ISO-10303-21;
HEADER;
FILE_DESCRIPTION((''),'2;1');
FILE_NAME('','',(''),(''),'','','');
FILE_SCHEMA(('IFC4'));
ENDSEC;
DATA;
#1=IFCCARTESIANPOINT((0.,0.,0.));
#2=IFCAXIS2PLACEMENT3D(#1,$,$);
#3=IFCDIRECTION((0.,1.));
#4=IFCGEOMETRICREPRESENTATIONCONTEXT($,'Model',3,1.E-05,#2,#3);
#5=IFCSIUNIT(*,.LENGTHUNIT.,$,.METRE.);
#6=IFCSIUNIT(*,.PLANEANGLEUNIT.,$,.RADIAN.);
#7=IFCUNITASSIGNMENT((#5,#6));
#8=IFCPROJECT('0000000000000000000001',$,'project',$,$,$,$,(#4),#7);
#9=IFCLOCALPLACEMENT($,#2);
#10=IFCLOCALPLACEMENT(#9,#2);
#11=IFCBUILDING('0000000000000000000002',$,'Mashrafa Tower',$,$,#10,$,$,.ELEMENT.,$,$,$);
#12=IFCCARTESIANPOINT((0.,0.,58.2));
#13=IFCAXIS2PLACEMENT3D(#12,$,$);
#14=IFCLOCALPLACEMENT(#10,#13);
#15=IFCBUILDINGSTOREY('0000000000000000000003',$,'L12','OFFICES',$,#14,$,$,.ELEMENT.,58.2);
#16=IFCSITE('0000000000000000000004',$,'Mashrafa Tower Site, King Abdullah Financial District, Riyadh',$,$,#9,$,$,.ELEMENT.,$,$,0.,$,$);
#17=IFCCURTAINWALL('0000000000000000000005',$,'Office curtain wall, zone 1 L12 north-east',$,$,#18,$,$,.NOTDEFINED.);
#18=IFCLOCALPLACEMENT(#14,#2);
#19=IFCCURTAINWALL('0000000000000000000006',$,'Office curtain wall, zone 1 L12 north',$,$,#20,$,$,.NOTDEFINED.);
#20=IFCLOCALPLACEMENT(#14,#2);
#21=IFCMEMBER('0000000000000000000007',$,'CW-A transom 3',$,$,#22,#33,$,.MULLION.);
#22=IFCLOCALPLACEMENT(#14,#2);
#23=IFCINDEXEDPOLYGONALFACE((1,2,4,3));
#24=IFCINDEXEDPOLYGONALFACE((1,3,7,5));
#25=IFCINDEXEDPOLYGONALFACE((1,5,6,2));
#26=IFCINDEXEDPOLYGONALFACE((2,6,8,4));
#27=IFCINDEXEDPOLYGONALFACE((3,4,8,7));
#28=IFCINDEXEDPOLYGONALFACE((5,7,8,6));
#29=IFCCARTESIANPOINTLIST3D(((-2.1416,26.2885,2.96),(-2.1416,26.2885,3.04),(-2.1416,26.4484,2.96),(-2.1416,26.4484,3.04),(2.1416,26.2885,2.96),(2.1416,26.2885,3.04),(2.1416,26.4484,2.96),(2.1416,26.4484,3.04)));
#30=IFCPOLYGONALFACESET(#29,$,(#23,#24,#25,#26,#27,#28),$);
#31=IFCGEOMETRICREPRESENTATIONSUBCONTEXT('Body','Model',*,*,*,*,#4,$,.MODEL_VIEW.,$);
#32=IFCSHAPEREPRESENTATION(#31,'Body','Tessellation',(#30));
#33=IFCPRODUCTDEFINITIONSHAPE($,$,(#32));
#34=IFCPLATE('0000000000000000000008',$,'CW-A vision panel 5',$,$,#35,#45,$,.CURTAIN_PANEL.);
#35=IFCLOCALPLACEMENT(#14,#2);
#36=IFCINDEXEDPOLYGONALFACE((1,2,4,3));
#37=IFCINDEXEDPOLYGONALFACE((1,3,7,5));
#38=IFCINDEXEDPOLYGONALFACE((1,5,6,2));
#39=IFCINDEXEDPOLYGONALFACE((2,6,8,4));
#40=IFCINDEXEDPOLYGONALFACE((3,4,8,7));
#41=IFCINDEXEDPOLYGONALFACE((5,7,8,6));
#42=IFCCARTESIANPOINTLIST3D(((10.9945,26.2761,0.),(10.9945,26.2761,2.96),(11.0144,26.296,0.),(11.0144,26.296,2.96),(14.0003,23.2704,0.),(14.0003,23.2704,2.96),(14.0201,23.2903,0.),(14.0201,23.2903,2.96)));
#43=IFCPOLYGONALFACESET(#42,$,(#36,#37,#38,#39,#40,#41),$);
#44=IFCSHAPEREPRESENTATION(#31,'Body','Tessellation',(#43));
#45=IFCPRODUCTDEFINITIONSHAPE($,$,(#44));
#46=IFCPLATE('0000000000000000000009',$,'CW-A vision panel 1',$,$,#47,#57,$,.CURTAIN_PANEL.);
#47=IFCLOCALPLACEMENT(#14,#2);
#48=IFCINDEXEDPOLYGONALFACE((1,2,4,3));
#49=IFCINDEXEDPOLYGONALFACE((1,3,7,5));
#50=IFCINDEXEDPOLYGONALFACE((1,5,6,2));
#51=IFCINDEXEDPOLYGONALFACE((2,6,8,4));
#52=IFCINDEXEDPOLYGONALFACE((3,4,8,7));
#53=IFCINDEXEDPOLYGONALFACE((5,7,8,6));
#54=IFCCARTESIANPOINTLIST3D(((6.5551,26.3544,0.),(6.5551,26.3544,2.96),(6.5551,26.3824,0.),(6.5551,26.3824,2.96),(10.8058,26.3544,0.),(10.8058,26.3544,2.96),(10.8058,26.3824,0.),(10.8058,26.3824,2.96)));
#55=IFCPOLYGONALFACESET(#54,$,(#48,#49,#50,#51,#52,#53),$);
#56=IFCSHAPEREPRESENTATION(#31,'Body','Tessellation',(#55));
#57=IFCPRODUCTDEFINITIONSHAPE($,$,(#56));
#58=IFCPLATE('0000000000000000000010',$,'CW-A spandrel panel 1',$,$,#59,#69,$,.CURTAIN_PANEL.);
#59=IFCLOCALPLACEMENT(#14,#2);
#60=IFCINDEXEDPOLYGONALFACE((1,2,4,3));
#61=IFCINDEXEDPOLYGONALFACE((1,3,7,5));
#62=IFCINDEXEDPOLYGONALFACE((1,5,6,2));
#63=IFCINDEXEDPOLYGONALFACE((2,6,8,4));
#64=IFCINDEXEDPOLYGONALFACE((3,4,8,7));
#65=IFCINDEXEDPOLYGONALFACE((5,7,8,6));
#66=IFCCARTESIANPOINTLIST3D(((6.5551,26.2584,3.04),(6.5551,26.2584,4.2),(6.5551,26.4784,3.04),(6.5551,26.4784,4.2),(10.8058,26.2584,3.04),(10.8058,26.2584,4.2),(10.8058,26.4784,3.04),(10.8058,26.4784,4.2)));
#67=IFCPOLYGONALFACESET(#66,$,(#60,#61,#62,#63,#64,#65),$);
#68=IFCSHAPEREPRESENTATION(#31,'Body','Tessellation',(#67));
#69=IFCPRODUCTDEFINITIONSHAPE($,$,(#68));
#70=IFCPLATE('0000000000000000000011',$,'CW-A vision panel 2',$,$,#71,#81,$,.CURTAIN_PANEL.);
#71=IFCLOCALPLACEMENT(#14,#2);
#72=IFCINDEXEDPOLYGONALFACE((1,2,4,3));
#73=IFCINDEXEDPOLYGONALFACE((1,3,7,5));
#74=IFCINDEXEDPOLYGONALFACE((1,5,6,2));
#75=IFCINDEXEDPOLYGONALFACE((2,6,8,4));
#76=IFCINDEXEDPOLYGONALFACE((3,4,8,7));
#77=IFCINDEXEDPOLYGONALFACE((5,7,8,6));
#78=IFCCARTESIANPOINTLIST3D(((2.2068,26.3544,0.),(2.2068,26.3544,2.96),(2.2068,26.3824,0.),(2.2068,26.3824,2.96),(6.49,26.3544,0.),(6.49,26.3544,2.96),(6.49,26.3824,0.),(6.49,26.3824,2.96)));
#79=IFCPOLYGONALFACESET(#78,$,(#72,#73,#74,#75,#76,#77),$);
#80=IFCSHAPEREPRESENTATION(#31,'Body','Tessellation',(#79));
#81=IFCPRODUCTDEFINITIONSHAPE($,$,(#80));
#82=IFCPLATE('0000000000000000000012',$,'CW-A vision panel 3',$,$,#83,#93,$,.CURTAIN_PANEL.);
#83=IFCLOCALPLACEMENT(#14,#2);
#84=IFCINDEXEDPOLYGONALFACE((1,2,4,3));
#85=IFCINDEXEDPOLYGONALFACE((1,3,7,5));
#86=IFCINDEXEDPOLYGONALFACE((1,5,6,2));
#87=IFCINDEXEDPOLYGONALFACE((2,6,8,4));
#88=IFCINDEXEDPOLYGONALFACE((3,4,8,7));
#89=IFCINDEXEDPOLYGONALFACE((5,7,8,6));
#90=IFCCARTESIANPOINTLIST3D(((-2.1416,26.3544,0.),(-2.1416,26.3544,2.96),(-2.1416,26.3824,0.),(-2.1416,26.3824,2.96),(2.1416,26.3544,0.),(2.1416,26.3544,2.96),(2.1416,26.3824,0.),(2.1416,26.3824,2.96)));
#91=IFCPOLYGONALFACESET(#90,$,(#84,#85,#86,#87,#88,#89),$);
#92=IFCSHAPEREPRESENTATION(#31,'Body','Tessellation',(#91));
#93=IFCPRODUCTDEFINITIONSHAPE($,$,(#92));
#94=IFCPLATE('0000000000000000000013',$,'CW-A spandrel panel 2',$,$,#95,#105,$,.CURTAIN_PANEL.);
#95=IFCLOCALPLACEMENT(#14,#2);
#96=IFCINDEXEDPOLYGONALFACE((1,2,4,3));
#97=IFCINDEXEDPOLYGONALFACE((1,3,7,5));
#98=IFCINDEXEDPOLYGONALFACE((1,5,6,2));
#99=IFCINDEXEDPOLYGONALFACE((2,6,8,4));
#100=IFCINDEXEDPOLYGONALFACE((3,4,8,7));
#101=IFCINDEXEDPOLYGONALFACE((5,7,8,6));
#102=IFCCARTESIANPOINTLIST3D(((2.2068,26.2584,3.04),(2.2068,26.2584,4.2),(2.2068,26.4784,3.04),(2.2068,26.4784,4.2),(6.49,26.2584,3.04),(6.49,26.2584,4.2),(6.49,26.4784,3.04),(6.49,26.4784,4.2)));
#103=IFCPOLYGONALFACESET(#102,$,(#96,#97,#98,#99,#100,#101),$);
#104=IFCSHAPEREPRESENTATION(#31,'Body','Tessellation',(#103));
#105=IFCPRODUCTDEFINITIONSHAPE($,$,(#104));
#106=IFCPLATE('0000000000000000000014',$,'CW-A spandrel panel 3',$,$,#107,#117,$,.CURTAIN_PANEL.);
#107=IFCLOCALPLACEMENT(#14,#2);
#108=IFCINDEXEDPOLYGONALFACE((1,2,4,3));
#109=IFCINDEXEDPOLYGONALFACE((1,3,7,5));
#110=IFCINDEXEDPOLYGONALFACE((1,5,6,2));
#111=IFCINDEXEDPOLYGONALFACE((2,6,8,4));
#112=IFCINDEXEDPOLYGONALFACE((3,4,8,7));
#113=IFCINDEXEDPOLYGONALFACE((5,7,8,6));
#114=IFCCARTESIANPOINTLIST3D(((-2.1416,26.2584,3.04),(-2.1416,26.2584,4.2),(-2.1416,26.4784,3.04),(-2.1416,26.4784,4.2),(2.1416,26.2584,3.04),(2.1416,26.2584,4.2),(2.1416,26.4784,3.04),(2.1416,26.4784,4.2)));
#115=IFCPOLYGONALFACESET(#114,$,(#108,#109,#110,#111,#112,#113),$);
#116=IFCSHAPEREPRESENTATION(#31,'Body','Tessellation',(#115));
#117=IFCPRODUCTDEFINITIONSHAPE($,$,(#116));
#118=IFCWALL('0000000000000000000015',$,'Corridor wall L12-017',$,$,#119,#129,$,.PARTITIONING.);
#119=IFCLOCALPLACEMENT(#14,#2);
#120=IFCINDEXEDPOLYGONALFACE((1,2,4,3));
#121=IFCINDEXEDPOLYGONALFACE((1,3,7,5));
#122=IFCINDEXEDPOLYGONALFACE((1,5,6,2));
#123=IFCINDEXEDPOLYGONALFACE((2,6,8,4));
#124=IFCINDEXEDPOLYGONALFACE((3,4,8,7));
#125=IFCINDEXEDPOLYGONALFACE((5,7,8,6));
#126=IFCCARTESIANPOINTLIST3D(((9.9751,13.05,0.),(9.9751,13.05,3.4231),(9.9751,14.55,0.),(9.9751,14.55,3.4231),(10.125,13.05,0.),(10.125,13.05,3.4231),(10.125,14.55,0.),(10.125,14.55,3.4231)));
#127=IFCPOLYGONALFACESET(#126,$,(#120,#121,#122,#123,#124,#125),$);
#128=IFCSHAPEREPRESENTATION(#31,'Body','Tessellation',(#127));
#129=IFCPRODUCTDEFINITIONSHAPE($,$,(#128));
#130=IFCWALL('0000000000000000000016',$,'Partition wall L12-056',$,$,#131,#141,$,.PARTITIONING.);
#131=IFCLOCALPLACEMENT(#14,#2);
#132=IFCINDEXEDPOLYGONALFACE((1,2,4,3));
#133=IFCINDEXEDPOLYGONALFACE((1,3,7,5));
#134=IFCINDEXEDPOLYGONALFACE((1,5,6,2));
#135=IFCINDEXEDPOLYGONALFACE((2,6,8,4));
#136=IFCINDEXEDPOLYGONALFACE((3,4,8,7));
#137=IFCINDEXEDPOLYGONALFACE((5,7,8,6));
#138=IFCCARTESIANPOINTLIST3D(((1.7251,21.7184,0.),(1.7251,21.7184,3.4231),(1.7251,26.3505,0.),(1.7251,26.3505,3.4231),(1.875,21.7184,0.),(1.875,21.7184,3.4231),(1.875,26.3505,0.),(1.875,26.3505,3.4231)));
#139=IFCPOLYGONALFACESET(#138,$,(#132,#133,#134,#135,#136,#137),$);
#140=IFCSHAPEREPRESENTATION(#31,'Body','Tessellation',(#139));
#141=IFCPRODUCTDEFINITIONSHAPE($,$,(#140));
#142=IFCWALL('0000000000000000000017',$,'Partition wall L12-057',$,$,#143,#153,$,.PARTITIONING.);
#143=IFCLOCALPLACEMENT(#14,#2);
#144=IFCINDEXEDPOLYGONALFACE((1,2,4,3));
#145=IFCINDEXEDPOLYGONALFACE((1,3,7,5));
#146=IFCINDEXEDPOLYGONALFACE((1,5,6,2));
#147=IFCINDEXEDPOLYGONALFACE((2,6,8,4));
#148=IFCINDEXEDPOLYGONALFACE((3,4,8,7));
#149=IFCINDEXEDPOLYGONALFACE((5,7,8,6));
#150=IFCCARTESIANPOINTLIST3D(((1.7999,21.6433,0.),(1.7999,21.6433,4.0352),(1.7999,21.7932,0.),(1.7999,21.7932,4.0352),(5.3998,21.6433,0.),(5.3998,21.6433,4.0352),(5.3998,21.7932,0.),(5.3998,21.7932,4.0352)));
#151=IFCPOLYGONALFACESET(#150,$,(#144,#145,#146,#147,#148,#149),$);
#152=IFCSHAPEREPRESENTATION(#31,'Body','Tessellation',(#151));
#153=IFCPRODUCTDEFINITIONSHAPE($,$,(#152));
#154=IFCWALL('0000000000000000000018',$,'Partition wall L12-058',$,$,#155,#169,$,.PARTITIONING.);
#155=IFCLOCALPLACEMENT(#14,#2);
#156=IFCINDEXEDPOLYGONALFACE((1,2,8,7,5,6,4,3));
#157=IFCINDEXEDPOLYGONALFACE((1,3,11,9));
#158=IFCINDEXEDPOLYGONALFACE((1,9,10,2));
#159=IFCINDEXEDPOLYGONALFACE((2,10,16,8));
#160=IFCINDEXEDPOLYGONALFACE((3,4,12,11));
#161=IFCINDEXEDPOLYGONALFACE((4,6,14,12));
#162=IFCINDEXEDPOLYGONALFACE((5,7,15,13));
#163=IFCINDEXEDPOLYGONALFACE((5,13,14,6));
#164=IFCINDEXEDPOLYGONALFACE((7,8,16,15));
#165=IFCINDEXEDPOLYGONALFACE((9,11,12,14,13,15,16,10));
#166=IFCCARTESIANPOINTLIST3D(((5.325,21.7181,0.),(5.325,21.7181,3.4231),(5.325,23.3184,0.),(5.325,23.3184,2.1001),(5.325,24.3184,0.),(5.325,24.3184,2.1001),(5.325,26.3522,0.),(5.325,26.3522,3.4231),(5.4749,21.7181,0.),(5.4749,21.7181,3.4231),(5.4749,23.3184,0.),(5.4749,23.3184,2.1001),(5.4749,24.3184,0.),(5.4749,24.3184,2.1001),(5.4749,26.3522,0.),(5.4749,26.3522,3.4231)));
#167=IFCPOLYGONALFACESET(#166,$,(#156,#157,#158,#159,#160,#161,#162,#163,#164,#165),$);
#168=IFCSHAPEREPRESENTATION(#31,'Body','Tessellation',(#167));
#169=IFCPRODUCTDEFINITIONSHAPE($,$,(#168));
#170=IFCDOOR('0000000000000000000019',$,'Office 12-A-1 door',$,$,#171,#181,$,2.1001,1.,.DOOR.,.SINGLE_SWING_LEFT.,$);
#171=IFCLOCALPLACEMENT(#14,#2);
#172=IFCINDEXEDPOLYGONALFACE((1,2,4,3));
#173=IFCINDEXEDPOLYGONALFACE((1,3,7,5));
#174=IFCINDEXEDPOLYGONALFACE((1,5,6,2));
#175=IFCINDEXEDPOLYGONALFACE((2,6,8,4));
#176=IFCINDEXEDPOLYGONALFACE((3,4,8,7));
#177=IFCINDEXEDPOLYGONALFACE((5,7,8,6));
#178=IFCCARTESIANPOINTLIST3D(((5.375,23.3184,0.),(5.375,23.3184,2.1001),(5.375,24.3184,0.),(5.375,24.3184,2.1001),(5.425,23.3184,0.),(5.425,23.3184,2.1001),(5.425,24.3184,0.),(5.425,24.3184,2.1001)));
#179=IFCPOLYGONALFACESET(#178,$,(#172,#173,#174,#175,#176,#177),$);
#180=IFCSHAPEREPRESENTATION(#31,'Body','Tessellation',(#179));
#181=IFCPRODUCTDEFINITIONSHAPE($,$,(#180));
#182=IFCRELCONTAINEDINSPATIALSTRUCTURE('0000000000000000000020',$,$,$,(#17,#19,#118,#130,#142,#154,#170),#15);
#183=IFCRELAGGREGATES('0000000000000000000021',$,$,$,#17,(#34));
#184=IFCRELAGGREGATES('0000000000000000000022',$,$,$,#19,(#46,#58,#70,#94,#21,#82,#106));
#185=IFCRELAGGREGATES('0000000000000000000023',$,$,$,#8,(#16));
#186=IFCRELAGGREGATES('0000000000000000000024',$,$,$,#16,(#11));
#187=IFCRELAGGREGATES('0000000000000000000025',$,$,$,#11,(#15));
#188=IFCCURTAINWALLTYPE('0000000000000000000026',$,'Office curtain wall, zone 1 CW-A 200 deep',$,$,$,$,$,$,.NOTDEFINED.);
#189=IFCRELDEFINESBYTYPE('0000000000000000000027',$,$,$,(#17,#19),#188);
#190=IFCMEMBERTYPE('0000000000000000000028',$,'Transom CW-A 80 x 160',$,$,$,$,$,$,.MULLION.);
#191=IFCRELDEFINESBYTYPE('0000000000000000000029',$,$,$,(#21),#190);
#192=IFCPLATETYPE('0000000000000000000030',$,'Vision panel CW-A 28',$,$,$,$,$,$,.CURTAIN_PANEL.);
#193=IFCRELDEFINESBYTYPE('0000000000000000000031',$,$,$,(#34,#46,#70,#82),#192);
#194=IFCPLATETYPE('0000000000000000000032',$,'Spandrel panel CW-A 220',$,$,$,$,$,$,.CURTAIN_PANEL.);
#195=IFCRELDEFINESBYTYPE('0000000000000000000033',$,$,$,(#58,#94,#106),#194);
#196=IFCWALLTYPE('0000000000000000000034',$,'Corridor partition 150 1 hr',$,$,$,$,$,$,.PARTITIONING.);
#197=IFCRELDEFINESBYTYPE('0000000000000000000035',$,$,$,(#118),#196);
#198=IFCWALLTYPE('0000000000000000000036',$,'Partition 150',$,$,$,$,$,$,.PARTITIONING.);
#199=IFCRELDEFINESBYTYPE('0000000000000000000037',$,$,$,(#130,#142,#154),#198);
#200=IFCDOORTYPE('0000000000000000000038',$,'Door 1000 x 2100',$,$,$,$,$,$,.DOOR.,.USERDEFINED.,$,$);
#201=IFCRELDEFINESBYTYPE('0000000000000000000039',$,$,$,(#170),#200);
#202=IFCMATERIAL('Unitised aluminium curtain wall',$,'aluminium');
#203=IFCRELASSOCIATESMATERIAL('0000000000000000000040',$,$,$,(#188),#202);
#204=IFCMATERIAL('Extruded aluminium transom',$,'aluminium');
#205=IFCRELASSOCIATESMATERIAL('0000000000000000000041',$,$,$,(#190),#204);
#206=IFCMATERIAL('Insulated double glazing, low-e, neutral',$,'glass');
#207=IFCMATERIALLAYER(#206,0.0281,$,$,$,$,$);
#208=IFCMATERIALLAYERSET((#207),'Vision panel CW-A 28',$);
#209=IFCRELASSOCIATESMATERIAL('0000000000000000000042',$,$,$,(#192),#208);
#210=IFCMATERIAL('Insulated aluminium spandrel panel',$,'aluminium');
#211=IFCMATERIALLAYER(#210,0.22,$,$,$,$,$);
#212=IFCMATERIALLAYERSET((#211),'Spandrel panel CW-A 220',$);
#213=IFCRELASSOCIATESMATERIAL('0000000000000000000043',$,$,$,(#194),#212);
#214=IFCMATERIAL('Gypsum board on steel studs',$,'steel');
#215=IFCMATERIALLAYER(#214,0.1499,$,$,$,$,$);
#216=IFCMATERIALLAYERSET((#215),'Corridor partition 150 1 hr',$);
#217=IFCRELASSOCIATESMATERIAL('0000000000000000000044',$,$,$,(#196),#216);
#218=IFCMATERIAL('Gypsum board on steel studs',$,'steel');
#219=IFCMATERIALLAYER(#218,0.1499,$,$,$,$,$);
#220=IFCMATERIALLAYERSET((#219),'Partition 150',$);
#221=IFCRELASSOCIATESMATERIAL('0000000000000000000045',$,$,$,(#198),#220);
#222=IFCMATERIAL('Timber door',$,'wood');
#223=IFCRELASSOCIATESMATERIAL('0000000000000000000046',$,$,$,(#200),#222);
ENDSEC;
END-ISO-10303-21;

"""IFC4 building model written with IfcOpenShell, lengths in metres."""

from ifc_helpers import new_model, si_unit, direction, frame, frame_2d, origin, origin_2d, place, context, subcontext, project, spatial, rectangle, extrude, source, transform, mapped, material, layer, layer_set, material_profile, profile_set, type_object, type_shapes, element, fill, aggregate, save


model = new_model("IFC4")

# Units and contexts
model_context = context("Model", 3, precision=1e-05, world=origin(), true_north=direction((0.0, 1.0)))
body_context = subcontext(model_context, "Body", "Model", "MODEL_VIEW")
ifc_project = project(units=[si_unit("LENGTHUNIT", "METRE"), si_unit("PLANEANGLEUNIT", "RADIAN")], contexts=[model_context])

# Site, building, storey
site_placement = place(None, origin())
site = spatial("IfcSite", under=ifc_project, at=site_placement, Name="Mashrafa Tower Site, King Abdullah Financial District, Riyadh", CompositionType="ELEMENT", RefElevation=0.0)
building_placement = place(site_placement, origin())
building = spatial("IfcBuilding", under=site, at=building_placement, Name="Mashrafa Tower", CompositionType="ELEMENT")
storey_placement = place(building_placement, frame((0.0, 0.0, 58.2)))
storey = spatial("IfcBuildingStorey", under=building, at=storey_placement, Name="L12", Description="OFFICES", CompositionType="ELEMENT", Elevation=58.2)

# Curtain wall
ifc_material_1 = material(Name="Unitised aluminium curtain wall", Category="aluminium")
curtain_wall_type = type_object("IfcCurtainWallType", Name="Office curtain wall, zone 1 CW-A 200 deep", PredefinedType="NOTDEFINED", material=ifc_material_1)
curtain_wall_1_placement = place(storey_placement, origin())
curtain_wall_1 = element("IfcCurtainWall", 1, at=curtain_wall_1_placement, inside=storey, type_object=curtain_wall_type, Name="Office curtain wall, zone 1 L12 north-east", PredefinedType="NOTDEFINED")

# Curtain wall, member
curtain_wall_2_placement = place(storey_placement, origin())
curtain_wall_2 = element("IfcCurtainWall", 2, at=curtain_wall_2_placement, inside=storey, type_object=curtain_wall_type, Name="Office curtain wall, zone 1 L12 north", PredefinedType="NOTDEFINED")
ifc_material_2 = material(Name="Extruded aluminium transom", Category="aluminium")
ifc_material_profile_1 = material_profile(ifc_material_2, rectangle(XDim=0.1599, YDim=0.0801, at=origin_2d()), Name="Transom 80x160")
ifc_profile_set_1 = profile_set([ifc_material_profile_1], Name="Extruded aluminium transom")
member_type_1 = type_object("IfcMemberType", Name="Transom CW-A 80 x 160", PredefinedType="MULLION", material=ifc_profile_set_1)
shared_shape_1 = source(origin(), body_context, "Body", "SweptSolid", [
    extrude(rectangle(XDim=0.1599, YDim=0.0801, at=origin_2d()), origin(), (0.0, 0.0, 1.0), 4.2832),
])
member_1_placement = place(storey_placement, frame((2.1416, 26.3684, 3.0), z_axis=(-1.0, 0.0, 0.0), x_axis=(0.0, -1.0, 0.0)))
member_1 = element("IfcMember", 3, at=member_1_placement, type_object=member_type_1, Name="CW-A transom 3", PredefinedType="MULLION", context=body_context, shape_type="MappedRepresentation", body=[
    mapped(shared_shape_1, transform((0.0, 0.0, 0.0))),
])

# Plates
ifc_material_3 = material(Name="Insulated double glazing, low-e, neutral", Category="glass")
ifc_layer_1 = layer(ifc_material_3, 0.0281)
ifc_layer_set_1 = layer_set([ifc_layer_1], Name="Vision panel CW-A 28")
plate_type_1 = type_object("IfcPlateType", Name="Vision panel CW-A 28", PredefinedType="CURTAIN_PANEL", material=ifc_layer_set_1)
shared_shape_2 = source(origin(), body_context, "Body", "SweptSolid", [
    extrude(rectangle(XDim=4.2507, YDim=0.0281, at=origin_2d()), origin(), (0.0, 0.0, 1.0), 2.96),
])
plate_1_placement = place(storey_placement, frame((12.5073, 24.7832, 0.0), z_axis=(0.0, 0.0, 1.0), x_axis=(-0.707107, 0.707107, 0.0)))
plate_1 = element("IfcPlate", 4, at=plate_1_placement, type_object=plate_type_1, Name="CW-A vision panel 5", PredefinedType="CURTAIN_PANEL", context=body_context, shape_type="MappedRepresentation", body=[
    mapped(shared_shape_2, transform((0.0, 0.0, 0.0))),
])
aggregate(curtain_wall_1, [plate_1])
plate_2_placement = place(storey_placement, frame((8.6804, 26.3684, 0.0), z_axis=(0.0, 0.0, 1.0), x_axis=(-1.0, 0.0, 0.0)))
plate_2 = element("IfcPlate", 5, at=plate_2_placement, type_object=plate_type_1, Name="CW-A vision panel 1", PredefinedType="CURTAIN_PANEL", context=body_context, shape_type="MappedRepresentation", body=[
    mapped(shared_shape_2, transform((0.0, 0.0, 0.0))),
])
ifc_material_4 = material(Name="Insulated aluminium spandrel panel", Category="aluminium")
ifc_layer_2 = layer(ifc_material_4, 0.22)
ifc_layer_set_2 = layer_set([ifc_layer_2], Name="Spandrel panel CW-A 220")
plate_type_2 = type_object("IfcPlateType", Name="Spandrel panel CW-A 220", PredefinedType="CURTAIN_PANEL", material=ifc_layer_set_2)
shared_shape_3 = source(origin(), body_context, "Body", "SweptSolid", [
    extrude(rectangle(XDim=4.2507, YDim=0.22, at=origin_2d()), origin(), (0.0, 0.0, 1.0), 1.1599),
])
plate_3_placement = place(storey_placement, frame((8.6804, 26.3684, 3.04), z_axis=(0.0, 0.0, 1.0), x_axis=(-1.0, 0.0, 0.0)))
plate_3 = element("IfcPlate", 6, at=plate_3_placement, type_object=plate_type_2, Name="CW-A spandrel panel 1", PredefinedType="CURTAIN_PANEL", context=body_context, shape_type="MappedRepresentation", body=[
    mapped(shared_shape_3, transform((0.0, 0.0, 0.0))),
])
shared_shape_4 = source(origin(), body_context, "Body", "SweptSolid", [
    extrude(rectangle(XDim=4.2832, YDim=0.0281, at=origin_2d()), origin(), (0.0, 0.0, 1.0), 2.96),
])
type_shapes(plate_type_1, [shared_shape_2, shared_shape_4])
plate_4_placement = place(storey_placement, frame((4.3484, 26.3684, 0.0), z_axis=(0.0, 0.0, 1.0), x_axis=(-1.0, 0.0, 0.0)))
plate_4 = element("IfcPlate", 7, at=plate_4_placement, type_object=plate_type_1, Name="CW-A vision panel 2", PredefinedType="CURTAIN_PANEL", context=body_context, shape_type="MappedRepresentation", body=[
    mapped(shared_shape_4, transform((0.0, 0.0, 0.0))),
])
plate_5_placement = place(storey_placement, frame((0.0, 26.3684, 0.0), z_axis=(0.0, 0.0, 1.0), x_axis=(-1.0, 0.0, 0.0)))
plate_5 = element("IfcPlate", 8, at=plate_5_placement, type_object=plate_type_1, Name="CW-A vision panel 3", PredefinedType="CURTAIN_PANEL", context=body_context, shape_type="MappedRepresentation", body=[
    mapped(shared_shape_4, transform((0.0, 0.0, 0.0))),
])
shared_shape_5 = source(origin(), body_context, "Body", "SweptSolid", [
    extrude(rectangle(XDim=4.2832, YDim=0.22, at=origin_2d()), origin(), (0.0, 0.0, 1.0), 1.1599),
])
type_shapes(plate_type_2, [shared_shape_3, shared_shape_5])
plate_6_placement = place(storey_placement, frame((4.3484, 26.3684, 3.04), z_axis=(0.0, 0.0, 1.0), x_axis=(-1.0, 0.0, 0.0)))
plate_6 = element("IfcPlate", 9, at=plate_6_placement, type_object=plate_type_2, Name="CW-A spandrel panel 2", PredefinedType="CURTAIN_PANEL", context=body_context, shape_type="MappedRepresentation", body=[
    mapped(shared_shape_5, transform((0.0, 0.0, 0.0))),
])
plate_7_placement = place(storey_placement, frame((0.0, 26.3684, 3.04), z_axis=(0.0, 0.0, 1.0), x_axis=(-1.0, 0.0, 0.0)))
plate_7 = element("IfcPlate", 10, at=plate_7_placement, type_object=plate_type_2, Name="CW-A spandrel panel 3", PredefinedType="CURTAIN_PANEL", context=body_context, shape_type="MappedRepresentation", body=[
    mapped(shared_shape_5, transform((0.0, 0.0, 0.0))),
])
aggregate(curtain_wall_2, [plate_2, plate_3, plate_4, plate_6, member_1, plate_5, plate_7])

# Walls
ifc_material_5 = material(Name="Gypsum board on steel studs", Category="steel")
ifc_layer_3 = layer(ifc_material_5, 0.1499)
ifc_layer_set_3 = layer_set([ifc_layer_3], Name="Corridor partition 150 1 hr")
wall_type_1 = type_object("IfcWallType", Name="Corridor partition 150 1 hr", PredefinedType="PARTITIONING", material=ifc_layer_set_3)
wall_1_placement = place(storey_placement, frame((10.05, 14.55, 0.0), z_axis=(0.0, 0.0, 1.0), x_axis=(0.0, -1.0, 0.0)))
element("IfcWall", 11, at=wall_1_placement, inside=storey, type_object=wall_type_1, Name="Corridor wall L12-017", PredefinedType="PARTITIONING", context=body_context, shape_type="SweptSolid", body=[
    extrude(rectangle(XDim=1.5, YDim=0.1499, at=frame_2d((0.75, 0.0))), origin(), (0.0, 0.0, 1.0), 3.4231),
])
ifc_material_6 = material(Name="Gypsum board on steel studs", Category="steel")
ifc_layer_4 = layer(ifc_material_6, 0.1499)
ifc_layer_set_4 = layer_set([ifc_layer_4], Name="Partition 150")
wall_type_2 = type_object("IfcWallType", Name="Partition 150", PredefinedType="PARTITIONING", material=ifc_layer_set_4)
wall_2_placement = place(storey_placement, frame((1.8, 26.3503, 0.0), z_axis=(0.0, 0.0, 1.0), x_axis=(0.0, -1.0, 0.0)))
element("IfcWall", 12, at=wall_2_placement, inside=storey, type_object=wall_type_2, Name="Partition wall L12-056", PredefinedType="PARTITIONING", context=body_context, shape_type="SweptSolid", body=[
    extrude(rectangle(XDim=4.6321, YDim=0.1499, at=frame_2d((2.3159, 0.0))), origin(), (0.0, 0.0, 1.0), 3.4231),
])
wall_3_placement = place(storey_placement, frame((1.8, 21.7183, 0.0), z_axis=(0.0, 0.0, 1.0), x_axis=(1.0, 0.0, 0.0)))
element("IfcWall", 13, at=wall_3_placement, inside=storey, type_object=wall_type_2, Name="Partition wall L12-057", PredefinedType="PARTITIONING", context=body_context, shape_type="SweptSolid", body=[
    extrude(rectangle(XDim=3.5999, YDim=0.1499, at=frame_2d((1.7998, 0.0))), origin(), (0.0, 0.0, 1.0), 4.0352),
])

# Wall, opening, door
wall_4_placement = place(storey_placement, frame((5.3999, 21.7183, 0.0), z_axis=(0.0, 0.0, 1.0), x_axis=(0.0, 1.0, 0.0)))
wall_4 = element("IfcWall", 14, at=wall_4_placement, inside=storey, type_object=wall_type_2, Name="Partition wall L12-058", PredefinedType="PARTITIONING", context=body_context, shape_type="SweptSolid", body=[
    extrude(rectangle(XDim=4.634, YDim=0.1499, at=frame_2d((2.3169, 0.0))), origin(), (0.0, 0.0, 1.0), 3.4231),
])
opening_placement = place(wall_4_placement, frame((1.6001, 0.0, 0.0)))
opening = element("IfcOpeningElement", 15, at=opening_placement, cuts=wall_4, PredefinedType="OPENING", context=body_context, shape_type="SweptSolid", body=[
    extrude(rectangle(XDim=1.0, YDim=2.1001, at=frame_2d((0.5, 1.05))), frame((0.0, 0.085, 0.0), z_axis=(0.0, -1.0, 0.0), x_axis=(1.0, 0.0, 0.0)), (0.0, 0.0, 1.0), 0.1699),
])
ifc_material_7 = material(Name="Timber door", Category="wood")
door_type = type_object("IfcDoorType", Name="Door 1000 x 2100", OperationType="USERDEFINED", PredefinedType="DOOR", material=ifc_material_7)
door_placement = place(opening_placement, origin())
door = element("IfcDoor", 16, at=door_placement, inside=storey, type_object=door_type, Name="Office 12-A-1 door", OperationType="SINGLE_SWING_LEFT", OverallHeight=2.1001, OverallWidth=1.0, PredefinedType="DOOR", context=body_context, shape_type="SweptSolid", body=[
    extrude(rectangle(XDim=1.0, YDim=2.1001, at=frame_2d((0.5, 1.05))), frame((0.0, 0.0249, 0.0), z_axis=(0.0, -1.0, 0.0), x_axis=(1.0, 0.0, 0.0)), (0.0, 0.0, 1.0), 0.05),
])
fill(opening, door)

save(model, "model.ifc")
